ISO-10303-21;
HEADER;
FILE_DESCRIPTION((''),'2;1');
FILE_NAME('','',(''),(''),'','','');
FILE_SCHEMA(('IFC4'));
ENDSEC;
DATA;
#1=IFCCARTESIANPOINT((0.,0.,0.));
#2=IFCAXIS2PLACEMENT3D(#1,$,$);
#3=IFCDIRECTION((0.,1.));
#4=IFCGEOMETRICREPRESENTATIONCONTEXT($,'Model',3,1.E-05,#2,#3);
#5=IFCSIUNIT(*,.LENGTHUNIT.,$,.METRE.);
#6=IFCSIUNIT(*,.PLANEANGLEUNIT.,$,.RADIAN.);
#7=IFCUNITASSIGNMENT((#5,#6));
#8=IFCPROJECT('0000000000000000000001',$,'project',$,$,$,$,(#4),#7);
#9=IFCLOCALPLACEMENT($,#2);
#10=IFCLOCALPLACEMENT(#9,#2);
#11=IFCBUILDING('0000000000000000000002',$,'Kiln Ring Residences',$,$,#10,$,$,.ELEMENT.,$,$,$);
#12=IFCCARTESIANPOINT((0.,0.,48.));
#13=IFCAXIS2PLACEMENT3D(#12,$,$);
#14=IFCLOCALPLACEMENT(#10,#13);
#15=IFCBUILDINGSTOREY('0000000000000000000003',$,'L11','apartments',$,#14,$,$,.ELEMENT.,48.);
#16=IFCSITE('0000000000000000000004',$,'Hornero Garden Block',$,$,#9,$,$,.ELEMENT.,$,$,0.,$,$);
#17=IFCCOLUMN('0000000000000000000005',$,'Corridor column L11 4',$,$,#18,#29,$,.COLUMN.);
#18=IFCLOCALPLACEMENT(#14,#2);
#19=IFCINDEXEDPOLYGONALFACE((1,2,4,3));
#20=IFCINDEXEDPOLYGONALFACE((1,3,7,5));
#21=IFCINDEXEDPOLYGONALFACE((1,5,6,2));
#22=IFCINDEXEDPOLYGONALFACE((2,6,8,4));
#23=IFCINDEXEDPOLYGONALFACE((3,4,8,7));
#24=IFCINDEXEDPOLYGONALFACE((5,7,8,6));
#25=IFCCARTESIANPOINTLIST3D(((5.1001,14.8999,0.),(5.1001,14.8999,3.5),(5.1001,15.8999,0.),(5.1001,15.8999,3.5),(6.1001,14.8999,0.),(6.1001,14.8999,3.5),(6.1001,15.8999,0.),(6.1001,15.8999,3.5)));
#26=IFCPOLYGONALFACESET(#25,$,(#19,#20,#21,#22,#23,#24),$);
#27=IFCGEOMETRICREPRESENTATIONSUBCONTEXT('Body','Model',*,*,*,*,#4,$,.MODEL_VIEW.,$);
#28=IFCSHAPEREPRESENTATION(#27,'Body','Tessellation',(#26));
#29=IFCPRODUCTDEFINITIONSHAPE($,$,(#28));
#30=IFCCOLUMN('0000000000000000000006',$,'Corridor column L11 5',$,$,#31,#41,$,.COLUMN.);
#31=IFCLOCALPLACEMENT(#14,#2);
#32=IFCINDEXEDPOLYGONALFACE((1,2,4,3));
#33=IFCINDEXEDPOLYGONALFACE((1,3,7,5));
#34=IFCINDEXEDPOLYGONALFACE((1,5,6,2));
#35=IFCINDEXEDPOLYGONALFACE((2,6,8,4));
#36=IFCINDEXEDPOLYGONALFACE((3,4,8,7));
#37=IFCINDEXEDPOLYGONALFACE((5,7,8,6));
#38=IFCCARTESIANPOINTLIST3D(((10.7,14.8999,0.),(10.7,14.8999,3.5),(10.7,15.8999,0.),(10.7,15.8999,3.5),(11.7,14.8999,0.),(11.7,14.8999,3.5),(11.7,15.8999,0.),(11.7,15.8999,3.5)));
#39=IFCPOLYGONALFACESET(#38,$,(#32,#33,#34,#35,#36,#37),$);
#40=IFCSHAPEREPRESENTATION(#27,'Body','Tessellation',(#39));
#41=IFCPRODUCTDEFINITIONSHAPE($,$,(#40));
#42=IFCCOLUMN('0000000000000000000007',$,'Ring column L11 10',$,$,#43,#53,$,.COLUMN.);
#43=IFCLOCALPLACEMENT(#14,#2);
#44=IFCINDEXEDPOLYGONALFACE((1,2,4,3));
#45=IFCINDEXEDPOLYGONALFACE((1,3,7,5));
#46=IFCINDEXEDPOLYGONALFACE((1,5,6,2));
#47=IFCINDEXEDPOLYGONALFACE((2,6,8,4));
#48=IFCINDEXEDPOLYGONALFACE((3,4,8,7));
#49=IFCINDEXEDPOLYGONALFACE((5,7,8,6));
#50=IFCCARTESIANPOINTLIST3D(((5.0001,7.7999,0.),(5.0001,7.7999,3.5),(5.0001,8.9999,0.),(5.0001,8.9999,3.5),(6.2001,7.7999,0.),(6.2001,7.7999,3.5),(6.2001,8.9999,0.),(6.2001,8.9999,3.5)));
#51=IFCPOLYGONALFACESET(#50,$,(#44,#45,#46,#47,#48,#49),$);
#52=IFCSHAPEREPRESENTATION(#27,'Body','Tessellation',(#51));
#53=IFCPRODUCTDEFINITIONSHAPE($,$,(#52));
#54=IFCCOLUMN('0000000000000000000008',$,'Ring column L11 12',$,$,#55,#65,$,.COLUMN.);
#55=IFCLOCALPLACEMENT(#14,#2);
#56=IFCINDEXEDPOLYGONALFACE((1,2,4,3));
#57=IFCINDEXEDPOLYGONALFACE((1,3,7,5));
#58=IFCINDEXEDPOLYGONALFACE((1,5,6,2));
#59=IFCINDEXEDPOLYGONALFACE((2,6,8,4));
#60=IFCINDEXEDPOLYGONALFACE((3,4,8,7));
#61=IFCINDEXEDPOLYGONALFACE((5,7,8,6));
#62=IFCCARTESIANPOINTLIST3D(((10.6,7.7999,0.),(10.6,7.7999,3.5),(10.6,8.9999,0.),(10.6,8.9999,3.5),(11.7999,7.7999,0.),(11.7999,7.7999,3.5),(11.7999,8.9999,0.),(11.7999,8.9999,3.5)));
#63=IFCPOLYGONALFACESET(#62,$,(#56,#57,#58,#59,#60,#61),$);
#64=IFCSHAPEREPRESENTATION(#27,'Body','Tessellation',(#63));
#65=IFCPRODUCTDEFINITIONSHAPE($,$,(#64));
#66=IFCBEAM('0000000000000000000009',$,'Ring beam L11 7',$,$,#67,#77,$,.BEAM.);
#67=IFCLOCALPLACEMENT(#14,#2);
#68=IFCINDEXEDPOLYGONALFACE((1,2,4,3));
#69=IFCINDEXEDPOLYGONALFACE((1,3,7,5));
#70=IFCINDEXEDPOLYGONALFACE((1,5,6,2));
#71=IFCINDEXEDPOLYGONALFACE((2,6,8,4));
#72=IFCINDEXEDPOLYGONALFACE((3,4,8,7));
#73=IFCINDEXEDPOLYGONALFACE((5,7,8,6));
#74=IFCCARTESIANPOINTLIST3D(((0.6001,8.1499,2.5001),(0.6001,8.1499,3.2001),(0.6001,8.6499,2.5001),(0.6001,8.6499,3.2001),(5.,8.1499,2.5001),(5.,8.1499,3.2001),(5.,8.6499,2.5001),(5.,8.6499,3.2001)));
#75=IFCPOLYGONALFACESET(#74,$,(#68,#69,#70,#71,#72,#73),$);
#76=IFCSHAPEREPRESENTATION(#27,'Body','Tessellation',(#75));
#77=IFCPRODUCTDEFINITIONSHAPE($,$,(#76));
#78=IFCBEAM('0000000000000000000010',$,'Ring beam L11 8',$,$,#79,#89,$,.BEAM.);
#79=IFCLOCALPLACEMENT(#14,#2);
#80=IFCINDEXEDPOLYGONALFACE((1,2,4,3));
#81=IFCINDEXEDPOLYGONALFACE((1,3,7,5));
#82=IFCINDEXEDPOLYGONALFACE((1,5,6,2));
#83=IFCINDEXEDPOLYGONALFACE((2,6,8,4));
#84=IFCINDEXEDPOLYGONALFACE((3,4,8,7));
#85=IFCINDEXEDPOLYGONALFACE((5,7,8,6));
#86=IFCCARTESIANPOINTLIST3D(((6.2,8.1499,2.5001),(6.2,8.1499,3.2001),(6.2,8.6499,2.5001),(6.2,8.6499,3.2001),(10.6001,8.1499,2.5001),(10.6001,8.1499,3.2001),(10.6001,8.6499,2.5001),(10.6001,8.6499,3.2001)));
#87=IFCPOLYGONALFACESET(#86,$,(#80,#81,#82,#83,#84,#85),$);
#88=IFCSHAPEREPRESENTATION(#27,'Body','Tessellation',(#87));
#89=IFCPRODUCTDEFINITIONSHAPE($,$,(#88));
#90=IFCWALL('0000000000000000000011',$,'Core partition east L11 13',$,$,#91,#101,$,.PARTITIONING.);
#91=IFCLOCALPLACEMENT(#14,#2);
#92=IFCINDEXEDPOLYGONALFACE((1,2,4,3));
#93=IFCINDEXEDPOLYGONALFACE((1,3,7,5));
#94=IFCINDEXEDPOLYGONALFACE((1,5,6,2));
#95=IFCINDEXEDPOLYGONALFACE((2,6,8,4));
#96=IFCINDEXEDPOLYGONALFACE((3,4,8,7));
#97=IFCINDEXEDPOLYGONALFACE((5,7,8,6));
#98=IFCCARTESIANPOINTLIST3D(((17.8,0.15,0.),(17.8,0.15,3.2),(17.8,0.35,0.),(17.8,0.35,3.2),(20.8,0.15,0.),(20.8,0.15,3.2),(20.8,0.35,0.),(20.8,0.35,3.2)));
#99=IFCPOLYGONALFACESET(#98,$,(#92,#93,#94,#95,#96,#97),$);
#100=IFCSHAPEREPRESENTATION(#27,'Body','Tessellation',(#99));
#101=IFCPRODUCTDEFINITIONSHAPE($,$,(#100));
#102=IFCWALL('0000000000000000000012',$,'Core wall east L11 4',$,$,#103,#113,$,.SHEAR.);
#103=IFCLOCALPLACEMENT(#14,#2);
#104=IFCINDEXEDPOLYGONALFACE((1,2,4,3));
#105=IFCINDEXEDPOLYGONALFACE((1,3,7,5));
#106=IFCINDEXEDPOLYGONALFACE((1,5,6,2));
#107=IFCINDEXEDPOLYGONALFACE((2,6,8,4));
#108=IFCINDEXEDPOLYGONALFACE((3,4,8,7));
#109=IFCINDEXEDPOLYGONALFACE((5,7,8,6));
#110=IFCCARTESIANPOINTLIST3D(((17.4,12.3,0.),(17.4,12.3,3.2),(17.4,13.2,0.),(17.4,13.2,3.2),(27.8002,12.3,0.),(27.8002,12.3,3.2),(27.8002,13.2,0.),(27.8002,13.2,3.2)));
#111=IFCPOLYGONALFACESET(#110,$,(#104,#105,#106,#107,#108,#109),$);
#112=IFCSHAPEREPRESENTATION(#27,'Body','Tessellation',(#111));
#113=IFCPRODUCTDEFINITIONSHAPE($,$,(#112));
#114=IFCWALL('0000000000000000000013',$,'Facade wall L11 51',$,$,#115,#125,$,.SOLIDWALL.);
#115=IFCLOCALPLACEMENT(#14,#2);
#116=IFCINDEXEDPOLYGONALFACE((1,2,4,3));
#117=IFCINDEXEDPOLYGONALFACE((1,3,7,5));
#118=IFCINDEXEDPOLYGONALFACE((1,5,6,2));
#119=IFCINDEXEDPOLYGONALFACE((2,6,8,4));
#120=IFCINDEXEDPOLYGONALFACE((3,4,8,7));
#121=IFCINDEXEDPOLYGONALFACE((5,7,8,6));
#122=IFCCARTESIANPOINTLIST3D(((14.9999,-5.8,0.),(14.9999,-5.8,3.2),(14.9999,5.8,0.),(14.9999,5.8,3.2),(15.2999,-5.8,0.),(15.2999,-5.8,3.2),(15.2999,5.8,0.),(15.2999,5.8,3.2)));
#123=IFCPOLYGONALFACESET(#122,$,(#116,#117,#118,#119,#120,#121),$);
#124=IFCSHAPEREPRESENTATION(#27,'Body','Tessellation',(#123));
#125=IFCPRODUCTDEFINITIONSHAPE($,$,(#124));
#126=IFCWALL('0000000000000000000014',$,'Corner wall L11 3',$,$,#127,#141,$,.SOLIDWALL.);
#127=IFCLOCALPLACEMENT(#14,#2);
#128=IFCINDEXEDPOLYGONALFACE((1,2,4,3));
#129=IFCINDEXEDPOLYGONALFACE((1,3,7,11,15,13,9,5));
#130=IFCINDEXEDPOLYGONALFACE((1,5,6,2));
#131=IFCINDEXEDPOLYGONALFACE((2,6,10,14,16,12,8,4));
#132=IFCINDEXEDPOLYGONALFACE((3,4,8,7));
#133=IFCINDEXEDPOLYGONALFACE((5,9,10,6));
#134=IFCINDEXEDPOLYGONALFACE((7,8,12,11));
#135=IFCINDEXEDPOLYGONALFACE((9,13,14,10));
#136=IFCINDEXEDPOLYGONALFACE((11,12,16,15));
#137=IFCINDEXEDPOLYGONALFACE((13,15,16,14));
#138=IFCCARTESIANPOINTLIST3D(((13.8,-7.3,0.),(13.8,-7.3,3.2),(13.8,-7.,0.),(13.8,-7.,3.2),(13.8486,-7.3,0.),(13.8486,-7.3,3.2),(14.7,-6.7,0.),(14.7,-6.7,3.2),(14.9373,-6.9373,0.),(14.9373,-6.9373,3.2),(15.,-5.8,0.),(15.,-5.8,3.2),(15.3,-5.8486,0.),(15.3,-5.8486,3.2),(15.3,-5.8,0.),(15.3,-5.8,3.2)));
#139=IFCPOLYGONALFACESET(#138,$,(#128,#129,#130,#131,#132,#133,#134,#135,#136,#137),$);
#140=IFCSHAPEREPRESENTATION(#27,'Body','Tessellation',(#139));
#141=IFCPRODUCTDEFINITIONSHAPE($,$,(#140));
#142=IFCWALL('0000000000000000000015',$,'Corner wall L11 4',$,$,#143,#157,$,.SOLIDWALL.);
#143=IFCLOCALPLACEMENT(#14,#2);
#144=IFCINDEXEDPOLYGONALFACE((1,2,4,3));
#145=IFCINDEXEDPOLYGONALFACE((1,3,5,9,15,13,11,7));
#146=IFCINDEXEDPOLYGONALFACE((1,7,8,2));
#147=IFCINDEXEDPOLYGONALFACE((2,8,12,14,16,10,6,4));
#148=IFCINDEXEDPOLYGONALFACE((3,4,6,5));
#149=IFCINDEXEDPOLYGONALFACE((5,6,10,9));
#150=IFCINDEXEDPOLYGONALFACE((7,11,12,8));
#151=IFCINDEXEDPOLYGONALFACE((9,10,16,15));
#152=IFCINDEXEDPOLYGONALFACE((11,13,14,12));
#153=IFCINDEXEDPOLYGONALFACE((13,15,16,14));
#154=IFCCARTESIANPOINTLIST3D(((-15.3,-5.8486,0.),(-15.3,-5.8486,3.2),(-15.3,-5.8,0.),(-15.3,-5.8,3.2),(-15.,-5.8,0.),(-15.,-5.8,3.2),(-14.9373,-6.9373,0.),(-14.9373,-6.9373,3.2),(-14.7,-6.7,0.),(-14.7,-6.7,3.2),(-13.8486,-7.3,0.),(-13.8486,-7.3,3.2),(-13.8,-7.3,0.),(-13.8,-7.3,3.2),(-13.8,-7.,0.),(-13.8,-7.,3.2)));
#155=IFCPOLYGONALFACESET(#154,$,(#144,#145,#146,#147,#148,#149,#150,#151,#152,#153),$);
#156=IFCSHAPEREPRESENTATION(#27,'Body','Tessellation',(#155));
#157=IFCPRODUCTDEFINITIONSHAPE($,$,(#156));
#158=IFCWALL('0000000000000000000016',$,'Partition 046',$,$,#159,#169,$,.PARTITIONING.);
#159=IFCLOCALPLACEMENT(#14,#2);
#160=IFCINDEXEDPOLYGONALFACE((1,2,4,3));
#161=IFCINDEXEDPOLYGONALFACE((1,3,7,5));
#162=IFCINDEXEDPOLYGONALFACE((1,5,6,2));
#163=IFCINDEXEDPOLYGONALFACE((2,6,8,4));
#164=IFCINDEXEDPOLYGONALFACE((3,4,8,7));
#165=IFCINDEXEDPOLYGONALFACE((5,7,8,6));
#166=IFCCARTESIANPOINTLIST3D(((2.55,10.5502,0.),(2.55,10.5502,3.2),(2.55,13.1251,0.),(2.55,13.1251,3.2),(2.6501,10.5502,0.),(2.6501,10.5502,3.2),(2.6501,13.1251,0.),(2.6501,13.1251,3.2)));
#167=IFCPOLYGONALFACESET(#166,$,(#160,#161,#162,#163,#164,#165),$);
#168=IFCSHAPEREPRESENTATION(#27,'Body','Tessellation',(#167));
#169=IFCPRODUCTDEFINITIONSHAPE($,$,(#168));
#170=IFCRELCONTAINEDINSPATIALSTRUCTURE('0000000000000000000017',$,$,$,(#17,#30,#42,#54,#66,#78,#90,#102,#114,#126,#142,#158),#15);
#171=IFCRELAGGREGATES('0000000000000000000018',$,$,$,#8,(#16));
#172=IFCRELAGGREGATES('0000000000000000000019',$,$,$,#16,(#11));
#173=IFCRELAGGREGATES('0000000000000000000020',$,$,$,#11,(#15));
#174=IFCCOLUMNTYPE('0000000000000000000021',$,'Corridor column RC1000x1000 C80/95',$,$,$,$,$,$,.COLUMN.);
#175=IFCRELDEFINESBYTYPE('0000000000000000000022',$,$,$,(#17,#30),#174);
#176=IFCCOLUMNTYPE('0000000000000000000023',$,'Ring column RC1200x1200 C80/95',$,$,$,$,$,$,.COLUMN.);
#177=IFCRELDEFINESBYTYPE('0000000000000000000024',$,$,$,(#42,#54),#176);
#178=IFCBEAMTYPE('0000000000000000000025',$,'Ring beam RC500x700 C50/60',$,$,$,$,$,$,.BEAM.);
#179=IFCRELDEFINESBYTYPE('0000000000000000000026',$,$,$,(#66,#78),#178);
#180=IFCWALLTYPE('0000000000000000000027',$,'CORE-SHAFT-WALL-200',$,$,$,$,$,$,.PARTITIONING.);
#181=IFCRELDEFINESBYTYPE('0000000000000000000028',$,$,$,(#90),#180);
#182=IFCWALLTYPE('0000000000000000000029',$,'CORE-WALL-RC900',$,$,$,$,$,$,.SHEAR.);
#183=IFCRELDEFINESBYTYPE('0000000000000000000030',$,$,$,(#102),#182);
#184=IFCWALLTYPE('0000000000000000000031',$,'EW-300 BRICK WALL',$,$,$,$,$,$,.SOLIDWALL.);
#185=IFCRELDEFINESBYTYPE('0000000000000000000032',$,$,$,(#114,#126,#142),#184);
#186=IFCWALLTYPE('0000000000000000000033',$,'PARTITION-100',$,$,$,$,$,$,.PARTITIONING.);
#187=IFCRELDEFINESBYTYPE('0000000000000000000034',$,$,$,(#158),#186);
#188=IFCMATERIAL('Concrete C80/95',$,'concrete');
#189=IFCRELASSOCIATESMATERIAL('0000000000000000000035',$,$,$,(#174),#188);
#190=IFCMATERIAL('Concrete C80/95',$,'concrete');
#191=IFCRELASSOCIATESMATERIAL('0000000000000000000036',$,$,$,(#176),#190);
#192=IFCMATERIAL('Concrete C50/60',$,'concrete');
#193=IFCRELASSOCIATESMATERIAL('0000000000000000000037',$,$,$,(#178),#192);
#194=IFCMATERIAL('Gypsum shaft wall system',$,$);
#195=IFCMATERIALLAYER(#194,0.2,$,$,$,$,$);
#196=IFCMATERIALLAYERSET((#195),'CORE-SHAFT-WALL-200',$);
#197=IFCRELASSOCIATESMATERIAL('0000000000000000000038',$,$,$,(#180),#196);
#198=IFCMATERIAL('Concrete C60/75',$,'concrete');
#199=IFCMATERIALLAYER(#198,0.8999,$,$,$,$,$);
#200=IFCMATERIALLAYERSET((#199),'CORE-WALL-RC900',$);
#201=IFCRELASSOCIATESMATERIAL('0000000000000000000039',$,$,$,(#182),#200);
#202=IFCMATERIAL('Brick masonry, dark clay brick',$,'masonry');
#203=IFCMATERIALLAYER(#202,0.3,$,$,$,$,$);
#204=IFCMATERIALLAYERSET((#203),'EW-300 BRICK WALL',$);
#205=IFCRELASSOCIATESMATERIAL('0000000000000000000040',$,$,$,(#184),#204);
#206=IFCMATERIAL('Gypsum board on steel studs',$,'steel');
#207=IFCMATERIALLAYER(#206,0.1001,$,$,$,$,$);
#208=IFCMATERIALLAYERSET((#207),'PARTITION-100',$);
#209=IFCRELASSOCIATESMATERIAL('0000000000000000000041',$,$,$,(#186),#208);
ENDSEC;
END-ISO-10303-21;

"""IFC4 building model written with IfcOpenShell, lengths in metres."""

from ifc_helpers import new_model, si_unit, direction, frame, frame_2d, origin, origin_2d, place, context, subcontext, project, spatial, polyline, rectangle, outline, extrude, material, layer, layer_set, material_profile, profile_set, type_object, element, save


model = new_model("IFC4")

# Units and contexts
model_context = context("Model", 3, precision=1e-05, world=origin(), true_north=direction((0.0, 1.0)))
body_context = subcontext(model_context, "Body", "Model", "MODEL_VIEW")
ifc_project = project(units=[si_unit("LENGTHUNIT", "METRE"), si_unit("PLANEANGLEUNIT", "RADIAN")], contexts=[model_context])

# Site, building, storey
site_placement = place(None, origin())
site = spatial("IfcSite", under=ifc_project, at=site_placement, Name="Hornero Garden Block", CompositionType="ELEMENT", RefElevation=0.0)
building_placement = place(site_placement, origin())
building = spatial("IfcBuilding", under=site, at=building_placement, Name="Kiln Ring Residences", CompositionType="ELEMENT")
storey_placement = place(building_placement, frame((0.0, 0.0, 48.0)))
storey = spatial("IfcBuildingStorey", under=building, at=storey_placement, Name="L11", Description="apartments", CompositionType="ELEMENT", Elevation=48.0)

# Columns
ifc_material_1 = material(Name="Concrete C80/95", Category="concrete")
ifc_material_profile_1 = material_profile(ifc_material_1, rectangle(XDim=1.0, YDim=1.0, at=origin_2d()), Name="RC1000x1000")
ifc_profile_set_1 = profile_set([ifc_material_profile_1], Name="Concrete C80/95")
column_type_1 = type_object("IfcColumnType", Name="Corridor column RC1000x1000 C80/95", PredefinedType="COLUMN", material=ifc_profile_set_1)
for number, where, z_axis, x_axis, name in (
    (1, (5.6001, 15.3999, 0.0), (0.0, 0.0, 1.0), (1.0, 0.0, 0.0), "Corridor column L11 4"),
    (2, (11.2, 15.3999, 0.0), (0.0, 0.0, 1.0), (1.0, 0.0, 0.0), "Corridor column L11 5"),
):
    element("IfcColumn", number, at=place(storey_placement, frame(where, z_axis=z_axis, x_axis=x_axis)), inside=storey, type_object=column_type_1, Name=name, PredefinedType="COLUMN", context=body_context, shape_type="SweptSolid", body=[
        extrude(rectangle(XDim=1.0, YDim=1.0, at=origin_2d()), origin(), (0.0, 0.0, 1.0), 3.5),
    ])
ifc_material_2 = material(Name="Concrete C80/95", Category="concrete")
ifc_material_profile_2 = material_profile(ifc_material_2, rectangle(XDim=1.2, YDim=1.2, at=origin_2d()), Name="RC1200x1200")
ifc_profile_set_2 = profile_set([ifc_material_profile_2], Name="Concrete C80/95")
column_type_2 = type_object("IfcColumnType", Name="Ring column RC1200x1200 C80/95", PredefinedType="COLUMN", material=ifc_profile_set_2)
for number, where, z_axis, x_axis, name in (
    (3, (5.6001, 8.3999, 0.0), (0.0, 0.0, 1.0), (1.0, 0.0, 0.0), "Ring column L11 10"),
    (4, (11.2, 8.3999, 0.0), (0.0, 0.0, 1.0), (1.0, 0.0, 0.0), "Ring column L11 12"),
):
    element("IfcColumn", number, at=place(storey_placement, frame(where, z_axis=z_axis, x_axis=x_axis)), inside=storey, type_object=column_type_2, Name=name, PredefinedType="COLUMN", context=body_context, shape_type="SweptSolid", body=[
        extrude(rectangle(XDim=1.2, YDim=1.2, at=origin_2d()), origin(), (0.0, 0.0, 1.0), 3.5),
    ])

# Beams
ifc_material_3 = material(Name="Concrete C50/60", Category="concrete")
ifc_material_profile_3 = material_profile(ifc_material_3, rectangle(XDim=0.5, YDim=0.7, at=origin_2d()), Name="RC500x700")
ifc_profile_set_3 = profile_set([ifc_material_profile_3], Name="Concrete C50/60")
beam_type = type_object("IfcBeamType", Name="Ring beam RC500x700 C50/60", PredefinedType="BEAM", material=ifc_profile_set_3)
beam_1_placement = place(storey_placement, frame((0.6001, 8.3999, 2.8501), z_axis=(1.0, 0.0, 0.0), x_axis=(0.0, 1.0, 0.0)))
element("IfcBeam", 5, at=beam_1_placement, inside=storey, type_object=beam_type, Name="Ring beam L11 7", PredefinedType="BEAM", context=body_context, shape_type="SweptSolid", body=[
    extrude(rectangle(XDim=0.5, YDim=0.7, at=origin_2d()), origin(), (0.0, 0.0, 1.0), 4.3999),
])
beam_2_placement = place(storey_placement, frame((6.2, 8.3999, 2.8501), z_axis=(1.0, 0.0, 0.0), x_axis=(0.0, 1.0, 0.0)))
element("IfcBeam", 6, at=beam_2_placement, inside=storey, type_object=beam_type, Name="Ring beam L11 8", PredefinedType="BEAM", context=body_context, shape_type="SweptSolid", body=[
    extrude(rectangle(XDim=0.5, YDim=0.7, at=origin_2d()), origin(), (0.0, 0.0, 1.0), 4.4001),
])

# Walls
ifc_material_4 = material(Name="Gypsum shaft wall system")
ifc_layer_1 = layer(ifc_material_4, 0.2)
ifc_layer_set_1 = layer_set([ifc_layer_1], Name="CORE-SHAFT-WALL-200")
wall_type_1 = type_object("IfcWallType", Name="CORE-SHAFT-WALL-200", PredefinedType="PARTITIONING", material=ifc_layer_set_1)
wall_1_placement = place(storey_placement, frame((17.8, 0.25, 0.0), z_axis=(0.0, 0.0, 1.0), x_axis=(1.0, 0.0, 0.0)))
element("IfcWall", 7, at=wall_1_placement, inside=storey, type_object=wall_type_1, Name="Core partition east L11 13", PredefinedType="PARTITIONING", context=body_context, shape_type="SweptSolid", body=[
    extrude(rectangle(XDim=3.0, YDim=0.2, at=frame_2d((1.5, 0.0))), origin(), (0.0, 0.0, 1.0), 3.2),
])
ifc_material_5 = material(Name="Concrete C60/75", Category="concrete")
ifc_layer_2 = layer(ifc_material_5, 0.8999)
ifc_layer_set_2 = layer_set([ifc_layer_2], Name="CORE-WALL-RC900")
wall_type_2 = type_object("IfcWallType", Name="CORE-WALL-RC900", PredefinedType="SHEAR", material=ifc_layer_set_2)
wall_2_placement = place(storey_placement, frame((17.3999, 12.75, 0.0), z_axis=(0.0, 0.0, 1.0), x_axis=(1.0, 0.0, 0.0)))
element("IfcWall", 8, at=wall_2_placement, inside=storey, type_object=wall_type_2, Name="Core wall east L11 4", PredefinedType="SHEAR", context=body_context, shape_type="SweptSolid", body=[
    extrude(rectangle(XDim=10.4001, YDim=0.8999, at=frame_2d((5.2002, 0.0))), origin(), (0.0, 0.0, 1.0), 3.2),
])
ifc_material_6 = material(Name="Brick masonry, dark clay brick", Category="masonry")
ifc_layer_3 = layer(ifc_material_6, 0.3)
ifc_layer_set_3 = layer_set([ifc_layer_3], Name="EW-300 BRICK WALL")
wall_type_3 = type_object("IfcWallType", Name="EW-300 BRICK WALL", PredefinedType="SOLIDWALL", material=ifc_layer_set_3)
wall_3_placement = place(storey_placement, frame((15.1499, 5.8, 0.0), z_axis=(0.0, 0.0, 1.0), x_axis=(0.0, -1.0, 0.0)))
element("IfcWall", 9, at=wall_3_placement, inside=storey, type_object=wall_type_3, Name="Facade wall L11 51", PredefinedType="SOLIDWALL", context=body_context, shape_type="SweptSolid", body=[
    extrude(rectangle(XDim=11.6001, YDim=0.3, at=frame_2d((5.8, 0.0))), origin(), (0.0, 0.0, 1.0), 3.2),
])
placement = place(storey_placement, origin())
element("IfcWall", 10, at=placement, inside=storey, type_object=wall_type_3, Name="Corner wall L11 3", PredefinedType="SOLIDWALL", context=body_context, shape_type="SweptSolid", body=[
    extrude(outline(polyline([(14.9373, -6.9373), (15.3, -5.8486), (15.3, -5.8), (15.0, -5.8), (14.7, -6.7), (13.8, -7.0), (13.8, -7.3), (13.8486, -7.3), (14.9373, -6.9373)])), origin(), (0.0, 0.0, 1.0), 3.2),
])
element("IfcWall", 11, at=placement, inside=storey, type_object=wall_type_3, Name="Corner wall L11 4", PredefinedType="SOLIDWALL", context=body_context, shape_type="SweptSolid", body=[
    extrude(outline(polyline([(-14.9373, -6.9373), (-13.8486, -7.3), (-13.8, -7.3), (-13.8, -7.0), (-14.7, -6.7), (-15.0, -5.8), (-15.3, -5.8), (-15.3, -5.8486), (-14.9373, -6.9373)])), origin(), (0.0, 0.0, 1.0), 3.2),
])
ifc_material_7 = material(Name="Gypsum board on steel studs", Category="steel")
ifc_layer_4 = layer(ifc_material_7, 0.1001)
ifc_layer_set_4 = layer_set([ifc_layer_4], Name="PARTITION-100")
wall_type_4 = type_object("IfcWallType", Name="PARTITION-100", PredefinedType="PARTITIONING", material=ifc_layer_set_4)
wall_4_placement = place(storey_placement, frame((2.6001, 10.55, 0.0), z_axis=(0.0, 0.0, 1.0), x_axis=(0.0, 1.0, 0.0)))
element("IfcWall", 12, at=wall_4_placement, inside=storey, type_object=wall_type_4, Name="Partition 046", PredefinedType="PARTITIONING", context=body_context, shape_type="SweptSolid", body=[
    extrude(rectangle(XDim=2.575, YDim=0.1001, at=frame_2d((1.2876, 0.0))), origin(), (0.0, 0.0, 1.0), 3.2),
])

save(model, "model.ifc")
